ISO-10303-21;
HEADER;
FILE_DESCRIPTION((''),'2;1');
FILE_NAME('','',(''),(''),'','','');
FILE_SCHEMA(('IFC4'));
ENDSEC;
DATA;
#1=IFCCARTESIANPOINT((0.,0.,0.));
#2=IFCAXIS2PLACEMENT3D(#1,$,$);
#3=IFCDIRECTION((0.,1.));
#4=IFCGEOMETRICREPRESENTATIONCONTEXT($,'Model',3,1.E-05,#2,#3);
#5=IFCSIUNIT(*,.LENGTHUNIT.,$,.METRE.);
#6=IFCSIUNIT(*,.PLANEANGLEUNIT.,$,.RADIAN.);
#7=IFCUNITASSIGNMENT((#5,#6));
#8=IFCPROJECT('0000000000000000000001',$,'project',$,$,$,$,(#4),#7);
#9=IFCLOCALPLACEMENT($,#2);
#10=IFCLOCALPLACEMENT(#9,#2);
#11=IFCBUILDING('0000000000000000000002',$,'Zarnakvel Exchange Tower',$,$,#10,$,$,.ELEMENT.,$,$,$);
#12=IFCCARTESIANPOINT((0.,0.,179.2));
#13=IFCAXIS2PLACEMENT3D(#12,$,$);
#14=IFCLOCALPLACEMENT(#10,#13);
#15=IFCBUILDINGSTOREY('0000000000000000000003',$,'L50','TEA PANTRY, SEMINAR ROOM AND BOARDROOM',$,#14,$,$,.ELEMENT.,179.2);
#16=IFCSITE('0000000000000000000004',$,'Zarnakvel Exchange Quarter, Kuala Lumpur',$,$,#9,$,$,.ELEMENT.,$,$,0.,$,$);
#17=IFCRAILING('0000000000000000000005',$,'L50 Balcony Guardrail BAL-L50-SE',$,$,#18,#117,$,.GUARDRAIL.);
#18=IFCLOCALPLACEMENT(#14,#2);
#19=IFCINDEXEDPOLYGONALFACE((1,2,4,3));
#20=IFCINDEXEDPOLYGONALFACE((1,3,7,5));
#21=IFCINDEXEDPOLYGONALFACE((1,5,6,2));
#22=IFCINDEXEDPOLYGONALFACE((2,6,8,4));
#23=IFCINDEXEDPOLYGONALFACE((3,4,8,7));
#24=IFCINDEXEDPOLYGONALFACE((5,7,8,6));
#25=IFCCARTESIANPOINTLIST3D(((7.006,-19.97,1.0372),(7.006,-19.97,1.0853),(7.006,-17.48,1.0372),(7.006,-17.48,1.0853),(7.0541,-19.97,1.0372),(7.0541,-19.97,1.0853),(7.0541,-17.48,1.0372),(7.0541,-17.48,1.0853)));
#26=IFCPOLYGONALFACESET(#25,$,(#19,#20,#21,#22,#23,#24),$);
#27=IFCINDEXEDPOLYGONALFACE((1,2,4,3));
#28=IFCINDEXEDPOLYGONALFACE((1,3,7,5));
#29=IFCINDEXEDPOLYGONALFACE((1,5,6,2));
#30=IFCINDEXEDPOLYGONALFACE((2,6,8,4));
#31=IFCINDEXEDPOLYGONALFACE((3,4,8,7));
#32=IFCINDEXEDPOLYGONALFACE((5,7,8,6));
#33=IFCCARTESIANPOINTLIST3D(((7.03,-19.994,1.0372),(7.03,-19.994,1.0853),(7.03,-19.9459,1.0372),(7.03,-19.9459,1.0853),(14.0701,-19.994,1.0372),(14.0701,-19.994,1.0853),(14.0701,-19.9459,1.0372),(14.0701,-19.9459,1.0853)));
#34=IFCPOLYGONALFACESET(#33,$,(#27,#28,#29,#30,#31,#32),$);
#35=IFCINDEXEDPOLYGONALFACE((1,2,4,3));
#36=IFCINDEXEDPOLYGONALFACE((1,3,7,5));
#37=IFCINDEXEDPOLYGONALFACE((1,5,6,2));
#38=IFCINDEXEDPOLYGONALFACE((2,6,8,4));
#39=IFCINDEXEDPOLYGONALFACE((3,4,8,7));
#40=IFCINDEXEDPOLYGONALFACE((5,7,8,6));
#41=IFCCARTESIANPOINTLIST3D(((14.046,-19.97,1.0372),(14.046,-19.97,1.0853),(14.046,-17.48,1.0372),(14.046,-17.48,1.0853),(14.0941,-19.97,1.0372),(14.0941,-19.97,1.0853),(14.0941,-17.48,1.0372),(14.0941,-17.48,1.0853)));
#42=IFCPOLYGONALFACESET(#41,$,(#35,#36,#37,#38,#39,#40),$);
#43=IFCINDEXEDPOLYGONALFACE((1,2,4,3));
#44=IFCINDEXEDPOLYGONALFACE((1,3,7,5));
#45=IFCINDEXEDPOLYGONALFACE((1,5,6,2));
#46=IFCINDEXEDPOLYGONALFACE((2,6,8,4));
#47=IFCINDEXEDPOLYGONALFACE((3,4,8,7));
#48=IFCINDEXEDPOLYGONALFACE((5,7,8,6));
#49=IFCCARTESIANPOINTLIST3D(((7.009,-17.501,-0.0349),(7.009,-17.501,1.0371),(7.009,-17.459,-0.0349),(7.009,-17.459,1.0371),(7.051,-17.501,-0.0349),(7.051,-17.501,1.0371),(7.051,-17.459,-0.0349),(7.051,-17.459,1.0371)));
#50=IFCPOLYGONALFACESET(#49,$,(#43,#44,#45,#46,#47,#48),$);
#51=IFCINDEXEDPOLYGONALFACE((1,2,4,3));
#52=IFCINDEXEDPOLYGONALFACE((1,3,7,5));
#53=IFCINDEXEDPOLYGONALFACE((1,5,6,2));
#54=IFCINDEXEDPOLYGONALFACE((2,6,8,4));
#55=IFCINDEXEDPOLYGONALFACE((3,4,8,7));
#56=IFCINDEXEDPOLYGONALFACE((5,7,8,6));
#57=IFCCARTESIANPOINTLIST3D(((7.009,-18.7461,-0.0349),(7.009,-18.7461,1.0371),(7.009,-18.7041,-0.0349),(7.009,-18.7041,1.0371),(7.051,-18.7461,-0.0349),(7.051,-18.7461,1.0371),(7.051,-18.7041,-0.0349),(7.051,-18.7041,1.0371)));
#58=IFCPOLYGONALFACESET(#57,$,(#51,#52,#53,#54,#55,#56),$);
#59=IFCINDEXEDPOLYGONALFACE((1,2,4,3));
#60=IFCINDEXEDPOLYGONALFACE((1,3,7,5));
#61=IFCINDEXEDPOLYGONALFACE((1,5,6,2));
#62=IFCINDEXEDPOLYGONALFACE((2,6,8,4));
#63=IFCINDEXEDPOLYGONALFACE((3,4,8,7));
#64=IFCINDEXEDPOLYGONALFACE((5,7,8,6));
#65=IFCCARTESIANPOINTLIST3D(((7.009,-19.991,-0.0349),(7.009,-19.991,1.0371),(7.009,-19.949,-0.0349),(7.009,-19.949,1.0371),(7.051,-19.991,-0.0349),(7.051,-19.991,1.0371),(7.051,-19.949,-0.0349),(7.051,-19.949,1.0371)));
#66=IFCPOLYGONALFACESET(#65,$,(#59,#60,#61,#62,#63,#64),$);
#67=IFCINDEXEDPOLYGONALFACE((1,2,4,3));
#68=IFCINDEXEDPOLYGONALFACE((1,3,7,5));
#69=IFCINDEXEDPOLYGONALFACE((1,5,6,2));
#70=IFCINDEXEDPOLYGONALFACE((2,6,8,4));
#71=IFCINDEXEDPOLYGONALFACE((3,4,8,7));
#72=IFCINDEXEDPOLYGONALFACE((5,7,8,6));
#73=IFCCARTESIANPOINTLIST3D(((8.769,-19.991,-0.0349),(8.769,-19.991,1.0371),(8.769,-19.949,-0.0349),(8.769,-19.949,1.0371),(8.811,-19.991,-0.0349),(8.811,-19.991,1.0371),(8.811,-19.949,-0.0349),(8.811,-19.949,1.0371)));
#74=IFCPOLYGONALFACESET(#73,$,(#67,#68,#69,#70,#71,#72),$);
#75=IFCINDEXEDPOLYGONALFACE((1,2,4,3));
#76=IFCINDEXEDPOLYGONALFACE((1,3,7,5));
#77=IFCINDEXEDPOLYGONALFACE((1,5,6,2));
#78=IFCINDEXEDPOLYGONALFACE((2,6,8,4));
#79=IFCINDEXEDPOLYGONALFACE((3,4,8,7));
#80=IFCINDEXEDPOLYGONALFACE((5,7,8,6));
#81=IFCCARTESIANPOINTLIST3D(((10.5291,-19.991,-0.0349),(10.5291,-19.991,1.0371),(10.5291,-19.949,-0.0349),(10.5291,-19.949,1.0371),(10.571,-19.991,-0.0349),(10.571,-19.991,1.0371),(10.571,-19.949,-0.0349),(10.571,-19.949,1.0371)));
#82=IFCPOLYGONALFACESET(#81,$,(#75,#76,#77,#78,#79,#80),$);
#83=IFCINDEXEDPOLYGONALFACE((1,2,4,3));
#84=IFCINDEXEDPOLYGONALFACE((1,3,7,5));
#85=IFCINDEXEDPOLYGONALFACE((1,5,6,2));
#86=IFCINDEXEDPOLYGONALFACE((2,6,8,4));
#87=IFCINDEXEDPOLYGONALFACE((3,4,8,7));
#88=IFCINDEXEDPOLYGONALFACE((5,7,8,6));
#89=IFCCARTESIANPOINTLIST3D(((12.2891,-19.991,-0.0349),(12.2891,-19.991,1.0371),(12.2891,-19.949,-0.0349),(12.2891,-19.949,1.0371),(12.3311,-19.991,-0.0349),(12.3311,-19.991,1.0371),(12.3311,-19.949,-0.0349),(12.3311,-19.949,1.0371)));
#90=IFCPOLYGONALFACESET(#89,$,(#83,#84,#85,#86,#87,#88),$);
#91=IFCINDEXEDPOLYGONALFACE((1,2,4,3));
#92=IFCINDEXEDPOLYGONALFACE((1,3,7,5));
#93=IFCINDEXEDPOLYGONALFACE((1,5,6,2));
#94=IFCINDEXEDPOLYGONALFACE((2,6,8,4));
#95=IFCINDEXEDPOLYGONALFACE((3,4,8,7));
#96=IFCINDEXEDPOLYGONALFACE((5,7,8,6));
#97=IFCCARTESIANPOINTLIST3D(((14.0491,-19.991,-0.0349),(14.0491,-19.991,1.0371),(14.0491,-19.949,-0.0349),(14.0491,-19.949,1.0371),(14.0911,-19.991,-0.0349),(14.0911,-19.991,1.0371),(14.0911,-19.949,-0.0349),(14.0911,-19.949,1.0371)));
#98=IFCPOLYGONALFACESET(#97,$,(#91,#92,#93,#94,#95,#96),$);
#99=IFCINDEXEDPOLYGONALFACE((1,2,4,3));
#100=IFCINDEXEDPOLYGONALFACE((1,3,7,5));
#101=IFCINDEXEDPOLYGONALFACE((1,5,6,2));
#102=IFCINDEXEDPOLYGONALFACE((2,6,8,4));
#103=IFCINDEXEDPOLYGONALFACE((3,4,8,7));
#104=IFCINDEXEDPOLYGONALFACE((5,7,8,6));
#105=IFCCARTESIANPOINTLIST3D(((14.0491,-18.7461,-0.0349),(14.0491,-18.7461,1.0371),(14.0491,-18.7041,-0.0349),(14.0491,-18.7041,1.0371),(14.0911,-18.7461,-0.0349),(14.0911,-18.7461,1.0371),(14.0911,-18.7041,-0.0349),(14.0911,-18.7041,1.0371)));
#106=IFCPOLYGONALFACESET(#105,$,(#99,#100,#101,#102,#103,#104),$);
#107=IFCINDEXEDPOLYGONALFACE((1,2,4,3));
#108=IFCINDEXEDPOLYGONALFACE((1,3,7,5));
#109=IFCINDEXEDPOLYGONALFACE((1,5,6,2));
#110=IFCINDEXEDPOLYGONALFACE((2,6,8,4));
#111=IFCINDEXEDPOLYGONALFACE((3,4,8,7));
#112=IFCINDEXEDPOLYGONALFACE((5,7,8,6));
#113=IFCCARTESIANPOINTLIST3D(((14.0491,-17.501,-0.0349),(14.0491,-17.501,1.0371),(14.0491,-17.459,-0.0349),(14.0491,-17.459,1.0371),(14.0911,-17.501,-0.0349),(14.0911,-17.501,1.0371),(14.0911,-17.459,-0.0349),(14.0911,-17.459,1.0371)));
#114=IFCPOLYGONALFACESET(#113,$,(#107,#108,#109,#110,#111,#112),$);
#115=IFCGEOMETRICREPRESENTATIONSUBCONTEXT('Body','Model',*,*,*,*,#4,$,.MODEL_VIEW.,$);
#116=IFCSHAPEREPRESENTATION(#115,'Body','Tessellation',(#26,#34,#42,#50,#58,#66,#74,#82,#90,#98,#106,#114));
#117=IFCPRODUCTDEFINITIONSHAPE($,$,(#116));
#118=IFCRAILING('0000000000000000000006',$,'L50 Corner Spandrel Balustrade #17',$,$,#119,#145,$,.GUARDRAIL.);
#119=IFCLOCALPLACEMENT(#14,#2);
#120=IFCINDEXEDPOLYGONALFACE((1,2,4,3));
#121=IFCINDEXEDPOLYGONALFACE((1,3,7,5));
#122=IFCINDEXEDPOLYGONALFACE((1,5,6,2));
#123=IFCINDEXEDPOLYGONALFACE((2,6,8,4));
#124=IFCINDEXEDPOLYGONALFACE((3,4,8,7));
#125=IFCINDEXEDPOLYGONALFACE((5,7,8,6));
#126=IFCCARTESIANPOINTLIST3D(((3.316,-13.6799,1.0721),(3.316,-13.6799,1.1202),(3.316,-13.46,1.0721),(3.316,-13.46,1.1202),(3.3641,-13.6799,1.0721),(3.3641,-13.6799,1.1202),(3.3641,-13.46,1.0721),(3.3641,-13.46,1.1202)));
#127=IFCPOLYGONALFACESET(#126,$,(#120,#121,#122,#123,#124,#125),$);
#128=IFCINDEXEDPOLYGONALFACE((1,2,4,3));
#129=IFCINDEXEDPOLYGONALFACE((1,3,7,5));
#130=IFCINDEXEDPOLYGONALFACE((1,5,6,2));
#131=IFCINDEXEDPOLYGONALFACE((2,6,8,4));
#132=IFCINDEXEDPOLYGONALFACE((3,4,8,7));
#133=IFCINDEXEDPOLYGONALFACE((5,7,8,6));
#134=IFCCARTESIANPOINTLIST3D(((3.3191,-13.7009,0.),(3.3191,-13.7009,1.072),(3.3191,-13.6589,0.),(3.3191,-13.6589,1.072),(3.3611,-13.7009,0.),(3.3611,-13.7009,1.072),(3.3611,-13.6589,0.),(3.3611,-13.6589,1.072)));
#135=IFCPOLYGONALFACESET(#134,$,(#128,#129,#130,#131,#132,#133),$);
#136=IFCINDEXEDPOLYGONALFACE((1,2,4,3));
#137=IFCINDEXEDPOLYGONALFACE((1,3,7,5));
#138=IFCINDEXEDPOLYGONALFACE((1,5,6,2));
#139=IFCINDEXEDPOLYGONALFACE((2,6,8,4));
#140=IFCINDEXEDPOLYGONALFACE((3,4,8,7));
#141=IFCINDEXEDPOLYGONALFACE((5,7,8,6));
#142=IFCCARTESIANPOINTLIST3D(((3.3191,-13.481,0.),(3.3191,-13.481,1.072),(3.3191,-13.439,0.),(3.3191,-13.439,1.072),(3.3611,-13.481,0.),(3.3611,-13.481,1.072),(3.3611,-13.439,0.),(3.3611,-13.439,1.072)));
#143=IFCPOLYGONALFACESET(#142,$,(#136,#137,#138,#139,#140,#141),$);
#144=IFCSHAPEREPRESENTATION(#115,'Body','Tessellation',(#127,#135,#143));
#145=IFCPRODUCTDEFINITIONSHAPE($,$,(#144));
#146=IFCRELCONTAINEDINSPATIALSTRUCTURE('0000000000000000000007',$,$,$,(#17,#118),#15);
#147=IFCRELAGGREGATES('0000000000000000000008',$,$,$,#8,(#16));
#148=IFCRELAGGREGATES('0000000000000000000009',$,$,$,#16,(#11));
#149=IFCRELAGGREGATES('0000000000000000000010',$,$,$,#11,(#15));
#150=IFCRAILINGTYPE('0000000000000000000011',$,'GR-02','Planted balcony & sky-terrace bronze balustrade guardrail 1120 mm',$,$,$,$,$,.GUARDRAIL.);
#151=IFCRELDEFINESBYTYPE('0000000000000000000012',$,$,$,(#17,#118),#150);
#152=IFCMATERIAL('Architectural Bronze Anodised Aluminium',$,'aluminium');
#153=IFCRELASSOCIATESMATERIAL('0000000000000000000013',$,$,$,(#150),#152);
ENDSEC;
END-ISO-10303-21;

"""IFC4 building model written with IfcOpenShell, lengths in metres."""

from ifc_helpers import new_model, si_unit, direction, frame, origin, origin_2d, place, context, subcontext, project, spatial, rectangle, extrude, material, type_object, element, save


model = new_model("IFC4")

# Units and contexts
model_context = context("Model", 3, precision=1e-05, world=origin(), true_north=direction((0.0, 1.0)))
body_context = subcontext(model_context, "Body", "Model", "MODEL_VIEW")
ifc_project = project(units=[si_unit("LENGTHUNIT", "METRE"), si_unit("PLANEANGLEUNIT", "RADIAN")], contexts=[model_context])

# Site, building, storey
site_placement = place(None, origin())
site = spatial("IfcSite", under=ifc_project, at=site_placement, Name="Zarnakvel Exchange Quarter, Kuala Lumpur", CompositionType="ELEMENT", RefElevation=0.0)
building_placement = place(site_placement, origin())
building = spatial("IfcBuilding", under=site, at=building_placement, Name="Zarnakvel Exchange Tower", CompositionType="ELEMENT")
storey_placement = place(building_placement, frame((0.0, 0.0, 179.2)))
storey = spatial("IfcBuildingStorey", under=building, at=storey_placement, Name="L50", Description="TEA PANTRY, SEMINAR ROOM AND BOARDROOM", CompositionType="ELEMENT", Elevation=179.2)

# Shared definitions
ifc_material_1 = material(Name="Architectural Bronze Anodised Aluminium", Category="aluminium")

# Railings
railing_type = type_object("IfcRailingType", Name="GR-02", Description="Planted balcony & sky-terrace bronze balustrade guardrail 1120 mm", PredefinedType="GUARDRAIL", material=ifc_material_1)
railing_1_placement = place(storey_placement, frame((7.03, -17.48, -0.0349)))
element("IfcRailing", 1, at=railing_1_placement, inside=storey, type_object=railing_type, Name="L50 Balcony Guardrail BAL-L50-SE", PredefinedType="GUARDRAIL", context=body_context, shape_type="SweptSolid", body=[
    extrude(rectangle(XDim=0.0481, YDim=0.0481, at=origin_2d()), frame((0.0, 0.0, 1.0962), z_axis=(0.0, -1.0, 0.0), x_axis=(1.0, 0.0, 0.0)), (0.0, 0.0, 1.0), 2.49),
    extrude(rectangle(XDim=0.0481, YDim=0.0481, at=origin_2d()), frame((0.0, -2.49, 1.0962), z_axis=(1.0, 0.0, 0.0), x_axis=(0.0, 1.0, 0.0)), (0.0, 0.0, 1.0), 7.04),
    extrude(rectangle(XDim=0.0481, YDim=0.0481, at=origin_2d()), frame((7.04, -2.49, 1.0962), z_axis=(0.0, 1.0, 0.0), x_axis=(-1.0, 0.0, 0.0)), (0.0, 0.0, 1.0), 2.49),
    extrude(rectangle(XDim=0.042, YDim=0.042, at=origin_2d()), origin(), (0.0, 0.0, 1.0), 1.072),
    extrude(rectangle(XDim=0.042, YDim=0.042, at=origin_2d()), frame((0.0, -1.2451, 0.0)), (0.0, 0.0, 1.0), 1.072),
    extrude(rectangle(XDim=0.042, YDim=0.042, at=origin_2d()), frame((0.0, -2.49, 0.0)), (0.0, 0.0, 1.0), 1.072),
    extrude(rectangle(XDim=0.042, YDim=0.042, at=origin_2d()), frame((1.76, -2.49, 0.0)), (0.0, 0.0, 1.0), 1.072),
    extrude(rectangle(XDim=0.042, YDim=0.042, at=origin_2d()), frame((3.52, -2.49, 0.0)), (0.0, 0.0, 1.0), 1.072),
    extrude(rectangle(XDim=0.042, YDim=0.042, at=origin_2d()), frame((5.28, -2.49, 0.0)), (0.0, 0.0, 1.0), 1.072),
    extrude(rectangle(XDim=0.042, YDim=0.042, at=origin_2d()), frame((7.04, -2.49, 0.0)), (0.0, 0.0, 1.0), 1.072),
    extrude(rectangle(XDim=0.042, YDim=0.042, at=origin_2d()), frame((7.04, -1.2451, 0.0)), (0.0, 0.0, 1.0), 1.072),
    extrude(rectangle(XDim=0.042, YDim=0.042, at=origin_2d()), frame((7.04, 0.0, 0.0)), (0.0, 0.0, 1.0), 1.072),
])
railing_2_placement = place(storey_placement, frame((3.3401, -13.6799, 0.0)))
element("IfcRailing", 2, at=railing_2_placement, inside=storey, type_object=railing_type, Name="L50 Corner Spandrel Balustrade #17", PredefinedType="GUARDRAIL", context=body_context, shape_type="SweptSolid", body=[
    extrude(rectangle(XDim=0.0481, YDim=0.0481, at=origin_2d()), frame((0.0, 0.0, 1.0962), z_axis=(0.0, 1.0, 0.0), x_axis=(-1.0, 0.0, 0.0)), (0.0, 0.0, 1.0), 0.22),
    extrude(rectangle(XDim=0.042, YDim=0.042, at=origin_2d()), origin(), (0.0, 0.0, 1.0), 1.072),
    extrude(rectangle(XDim=0.042, YDim=0.042, at=origin_2d()), frame((0.0, 0.22, 0.0)), (0.0, 0.0, 1.0), 1.072),
])

save(model, "model.ifc")
